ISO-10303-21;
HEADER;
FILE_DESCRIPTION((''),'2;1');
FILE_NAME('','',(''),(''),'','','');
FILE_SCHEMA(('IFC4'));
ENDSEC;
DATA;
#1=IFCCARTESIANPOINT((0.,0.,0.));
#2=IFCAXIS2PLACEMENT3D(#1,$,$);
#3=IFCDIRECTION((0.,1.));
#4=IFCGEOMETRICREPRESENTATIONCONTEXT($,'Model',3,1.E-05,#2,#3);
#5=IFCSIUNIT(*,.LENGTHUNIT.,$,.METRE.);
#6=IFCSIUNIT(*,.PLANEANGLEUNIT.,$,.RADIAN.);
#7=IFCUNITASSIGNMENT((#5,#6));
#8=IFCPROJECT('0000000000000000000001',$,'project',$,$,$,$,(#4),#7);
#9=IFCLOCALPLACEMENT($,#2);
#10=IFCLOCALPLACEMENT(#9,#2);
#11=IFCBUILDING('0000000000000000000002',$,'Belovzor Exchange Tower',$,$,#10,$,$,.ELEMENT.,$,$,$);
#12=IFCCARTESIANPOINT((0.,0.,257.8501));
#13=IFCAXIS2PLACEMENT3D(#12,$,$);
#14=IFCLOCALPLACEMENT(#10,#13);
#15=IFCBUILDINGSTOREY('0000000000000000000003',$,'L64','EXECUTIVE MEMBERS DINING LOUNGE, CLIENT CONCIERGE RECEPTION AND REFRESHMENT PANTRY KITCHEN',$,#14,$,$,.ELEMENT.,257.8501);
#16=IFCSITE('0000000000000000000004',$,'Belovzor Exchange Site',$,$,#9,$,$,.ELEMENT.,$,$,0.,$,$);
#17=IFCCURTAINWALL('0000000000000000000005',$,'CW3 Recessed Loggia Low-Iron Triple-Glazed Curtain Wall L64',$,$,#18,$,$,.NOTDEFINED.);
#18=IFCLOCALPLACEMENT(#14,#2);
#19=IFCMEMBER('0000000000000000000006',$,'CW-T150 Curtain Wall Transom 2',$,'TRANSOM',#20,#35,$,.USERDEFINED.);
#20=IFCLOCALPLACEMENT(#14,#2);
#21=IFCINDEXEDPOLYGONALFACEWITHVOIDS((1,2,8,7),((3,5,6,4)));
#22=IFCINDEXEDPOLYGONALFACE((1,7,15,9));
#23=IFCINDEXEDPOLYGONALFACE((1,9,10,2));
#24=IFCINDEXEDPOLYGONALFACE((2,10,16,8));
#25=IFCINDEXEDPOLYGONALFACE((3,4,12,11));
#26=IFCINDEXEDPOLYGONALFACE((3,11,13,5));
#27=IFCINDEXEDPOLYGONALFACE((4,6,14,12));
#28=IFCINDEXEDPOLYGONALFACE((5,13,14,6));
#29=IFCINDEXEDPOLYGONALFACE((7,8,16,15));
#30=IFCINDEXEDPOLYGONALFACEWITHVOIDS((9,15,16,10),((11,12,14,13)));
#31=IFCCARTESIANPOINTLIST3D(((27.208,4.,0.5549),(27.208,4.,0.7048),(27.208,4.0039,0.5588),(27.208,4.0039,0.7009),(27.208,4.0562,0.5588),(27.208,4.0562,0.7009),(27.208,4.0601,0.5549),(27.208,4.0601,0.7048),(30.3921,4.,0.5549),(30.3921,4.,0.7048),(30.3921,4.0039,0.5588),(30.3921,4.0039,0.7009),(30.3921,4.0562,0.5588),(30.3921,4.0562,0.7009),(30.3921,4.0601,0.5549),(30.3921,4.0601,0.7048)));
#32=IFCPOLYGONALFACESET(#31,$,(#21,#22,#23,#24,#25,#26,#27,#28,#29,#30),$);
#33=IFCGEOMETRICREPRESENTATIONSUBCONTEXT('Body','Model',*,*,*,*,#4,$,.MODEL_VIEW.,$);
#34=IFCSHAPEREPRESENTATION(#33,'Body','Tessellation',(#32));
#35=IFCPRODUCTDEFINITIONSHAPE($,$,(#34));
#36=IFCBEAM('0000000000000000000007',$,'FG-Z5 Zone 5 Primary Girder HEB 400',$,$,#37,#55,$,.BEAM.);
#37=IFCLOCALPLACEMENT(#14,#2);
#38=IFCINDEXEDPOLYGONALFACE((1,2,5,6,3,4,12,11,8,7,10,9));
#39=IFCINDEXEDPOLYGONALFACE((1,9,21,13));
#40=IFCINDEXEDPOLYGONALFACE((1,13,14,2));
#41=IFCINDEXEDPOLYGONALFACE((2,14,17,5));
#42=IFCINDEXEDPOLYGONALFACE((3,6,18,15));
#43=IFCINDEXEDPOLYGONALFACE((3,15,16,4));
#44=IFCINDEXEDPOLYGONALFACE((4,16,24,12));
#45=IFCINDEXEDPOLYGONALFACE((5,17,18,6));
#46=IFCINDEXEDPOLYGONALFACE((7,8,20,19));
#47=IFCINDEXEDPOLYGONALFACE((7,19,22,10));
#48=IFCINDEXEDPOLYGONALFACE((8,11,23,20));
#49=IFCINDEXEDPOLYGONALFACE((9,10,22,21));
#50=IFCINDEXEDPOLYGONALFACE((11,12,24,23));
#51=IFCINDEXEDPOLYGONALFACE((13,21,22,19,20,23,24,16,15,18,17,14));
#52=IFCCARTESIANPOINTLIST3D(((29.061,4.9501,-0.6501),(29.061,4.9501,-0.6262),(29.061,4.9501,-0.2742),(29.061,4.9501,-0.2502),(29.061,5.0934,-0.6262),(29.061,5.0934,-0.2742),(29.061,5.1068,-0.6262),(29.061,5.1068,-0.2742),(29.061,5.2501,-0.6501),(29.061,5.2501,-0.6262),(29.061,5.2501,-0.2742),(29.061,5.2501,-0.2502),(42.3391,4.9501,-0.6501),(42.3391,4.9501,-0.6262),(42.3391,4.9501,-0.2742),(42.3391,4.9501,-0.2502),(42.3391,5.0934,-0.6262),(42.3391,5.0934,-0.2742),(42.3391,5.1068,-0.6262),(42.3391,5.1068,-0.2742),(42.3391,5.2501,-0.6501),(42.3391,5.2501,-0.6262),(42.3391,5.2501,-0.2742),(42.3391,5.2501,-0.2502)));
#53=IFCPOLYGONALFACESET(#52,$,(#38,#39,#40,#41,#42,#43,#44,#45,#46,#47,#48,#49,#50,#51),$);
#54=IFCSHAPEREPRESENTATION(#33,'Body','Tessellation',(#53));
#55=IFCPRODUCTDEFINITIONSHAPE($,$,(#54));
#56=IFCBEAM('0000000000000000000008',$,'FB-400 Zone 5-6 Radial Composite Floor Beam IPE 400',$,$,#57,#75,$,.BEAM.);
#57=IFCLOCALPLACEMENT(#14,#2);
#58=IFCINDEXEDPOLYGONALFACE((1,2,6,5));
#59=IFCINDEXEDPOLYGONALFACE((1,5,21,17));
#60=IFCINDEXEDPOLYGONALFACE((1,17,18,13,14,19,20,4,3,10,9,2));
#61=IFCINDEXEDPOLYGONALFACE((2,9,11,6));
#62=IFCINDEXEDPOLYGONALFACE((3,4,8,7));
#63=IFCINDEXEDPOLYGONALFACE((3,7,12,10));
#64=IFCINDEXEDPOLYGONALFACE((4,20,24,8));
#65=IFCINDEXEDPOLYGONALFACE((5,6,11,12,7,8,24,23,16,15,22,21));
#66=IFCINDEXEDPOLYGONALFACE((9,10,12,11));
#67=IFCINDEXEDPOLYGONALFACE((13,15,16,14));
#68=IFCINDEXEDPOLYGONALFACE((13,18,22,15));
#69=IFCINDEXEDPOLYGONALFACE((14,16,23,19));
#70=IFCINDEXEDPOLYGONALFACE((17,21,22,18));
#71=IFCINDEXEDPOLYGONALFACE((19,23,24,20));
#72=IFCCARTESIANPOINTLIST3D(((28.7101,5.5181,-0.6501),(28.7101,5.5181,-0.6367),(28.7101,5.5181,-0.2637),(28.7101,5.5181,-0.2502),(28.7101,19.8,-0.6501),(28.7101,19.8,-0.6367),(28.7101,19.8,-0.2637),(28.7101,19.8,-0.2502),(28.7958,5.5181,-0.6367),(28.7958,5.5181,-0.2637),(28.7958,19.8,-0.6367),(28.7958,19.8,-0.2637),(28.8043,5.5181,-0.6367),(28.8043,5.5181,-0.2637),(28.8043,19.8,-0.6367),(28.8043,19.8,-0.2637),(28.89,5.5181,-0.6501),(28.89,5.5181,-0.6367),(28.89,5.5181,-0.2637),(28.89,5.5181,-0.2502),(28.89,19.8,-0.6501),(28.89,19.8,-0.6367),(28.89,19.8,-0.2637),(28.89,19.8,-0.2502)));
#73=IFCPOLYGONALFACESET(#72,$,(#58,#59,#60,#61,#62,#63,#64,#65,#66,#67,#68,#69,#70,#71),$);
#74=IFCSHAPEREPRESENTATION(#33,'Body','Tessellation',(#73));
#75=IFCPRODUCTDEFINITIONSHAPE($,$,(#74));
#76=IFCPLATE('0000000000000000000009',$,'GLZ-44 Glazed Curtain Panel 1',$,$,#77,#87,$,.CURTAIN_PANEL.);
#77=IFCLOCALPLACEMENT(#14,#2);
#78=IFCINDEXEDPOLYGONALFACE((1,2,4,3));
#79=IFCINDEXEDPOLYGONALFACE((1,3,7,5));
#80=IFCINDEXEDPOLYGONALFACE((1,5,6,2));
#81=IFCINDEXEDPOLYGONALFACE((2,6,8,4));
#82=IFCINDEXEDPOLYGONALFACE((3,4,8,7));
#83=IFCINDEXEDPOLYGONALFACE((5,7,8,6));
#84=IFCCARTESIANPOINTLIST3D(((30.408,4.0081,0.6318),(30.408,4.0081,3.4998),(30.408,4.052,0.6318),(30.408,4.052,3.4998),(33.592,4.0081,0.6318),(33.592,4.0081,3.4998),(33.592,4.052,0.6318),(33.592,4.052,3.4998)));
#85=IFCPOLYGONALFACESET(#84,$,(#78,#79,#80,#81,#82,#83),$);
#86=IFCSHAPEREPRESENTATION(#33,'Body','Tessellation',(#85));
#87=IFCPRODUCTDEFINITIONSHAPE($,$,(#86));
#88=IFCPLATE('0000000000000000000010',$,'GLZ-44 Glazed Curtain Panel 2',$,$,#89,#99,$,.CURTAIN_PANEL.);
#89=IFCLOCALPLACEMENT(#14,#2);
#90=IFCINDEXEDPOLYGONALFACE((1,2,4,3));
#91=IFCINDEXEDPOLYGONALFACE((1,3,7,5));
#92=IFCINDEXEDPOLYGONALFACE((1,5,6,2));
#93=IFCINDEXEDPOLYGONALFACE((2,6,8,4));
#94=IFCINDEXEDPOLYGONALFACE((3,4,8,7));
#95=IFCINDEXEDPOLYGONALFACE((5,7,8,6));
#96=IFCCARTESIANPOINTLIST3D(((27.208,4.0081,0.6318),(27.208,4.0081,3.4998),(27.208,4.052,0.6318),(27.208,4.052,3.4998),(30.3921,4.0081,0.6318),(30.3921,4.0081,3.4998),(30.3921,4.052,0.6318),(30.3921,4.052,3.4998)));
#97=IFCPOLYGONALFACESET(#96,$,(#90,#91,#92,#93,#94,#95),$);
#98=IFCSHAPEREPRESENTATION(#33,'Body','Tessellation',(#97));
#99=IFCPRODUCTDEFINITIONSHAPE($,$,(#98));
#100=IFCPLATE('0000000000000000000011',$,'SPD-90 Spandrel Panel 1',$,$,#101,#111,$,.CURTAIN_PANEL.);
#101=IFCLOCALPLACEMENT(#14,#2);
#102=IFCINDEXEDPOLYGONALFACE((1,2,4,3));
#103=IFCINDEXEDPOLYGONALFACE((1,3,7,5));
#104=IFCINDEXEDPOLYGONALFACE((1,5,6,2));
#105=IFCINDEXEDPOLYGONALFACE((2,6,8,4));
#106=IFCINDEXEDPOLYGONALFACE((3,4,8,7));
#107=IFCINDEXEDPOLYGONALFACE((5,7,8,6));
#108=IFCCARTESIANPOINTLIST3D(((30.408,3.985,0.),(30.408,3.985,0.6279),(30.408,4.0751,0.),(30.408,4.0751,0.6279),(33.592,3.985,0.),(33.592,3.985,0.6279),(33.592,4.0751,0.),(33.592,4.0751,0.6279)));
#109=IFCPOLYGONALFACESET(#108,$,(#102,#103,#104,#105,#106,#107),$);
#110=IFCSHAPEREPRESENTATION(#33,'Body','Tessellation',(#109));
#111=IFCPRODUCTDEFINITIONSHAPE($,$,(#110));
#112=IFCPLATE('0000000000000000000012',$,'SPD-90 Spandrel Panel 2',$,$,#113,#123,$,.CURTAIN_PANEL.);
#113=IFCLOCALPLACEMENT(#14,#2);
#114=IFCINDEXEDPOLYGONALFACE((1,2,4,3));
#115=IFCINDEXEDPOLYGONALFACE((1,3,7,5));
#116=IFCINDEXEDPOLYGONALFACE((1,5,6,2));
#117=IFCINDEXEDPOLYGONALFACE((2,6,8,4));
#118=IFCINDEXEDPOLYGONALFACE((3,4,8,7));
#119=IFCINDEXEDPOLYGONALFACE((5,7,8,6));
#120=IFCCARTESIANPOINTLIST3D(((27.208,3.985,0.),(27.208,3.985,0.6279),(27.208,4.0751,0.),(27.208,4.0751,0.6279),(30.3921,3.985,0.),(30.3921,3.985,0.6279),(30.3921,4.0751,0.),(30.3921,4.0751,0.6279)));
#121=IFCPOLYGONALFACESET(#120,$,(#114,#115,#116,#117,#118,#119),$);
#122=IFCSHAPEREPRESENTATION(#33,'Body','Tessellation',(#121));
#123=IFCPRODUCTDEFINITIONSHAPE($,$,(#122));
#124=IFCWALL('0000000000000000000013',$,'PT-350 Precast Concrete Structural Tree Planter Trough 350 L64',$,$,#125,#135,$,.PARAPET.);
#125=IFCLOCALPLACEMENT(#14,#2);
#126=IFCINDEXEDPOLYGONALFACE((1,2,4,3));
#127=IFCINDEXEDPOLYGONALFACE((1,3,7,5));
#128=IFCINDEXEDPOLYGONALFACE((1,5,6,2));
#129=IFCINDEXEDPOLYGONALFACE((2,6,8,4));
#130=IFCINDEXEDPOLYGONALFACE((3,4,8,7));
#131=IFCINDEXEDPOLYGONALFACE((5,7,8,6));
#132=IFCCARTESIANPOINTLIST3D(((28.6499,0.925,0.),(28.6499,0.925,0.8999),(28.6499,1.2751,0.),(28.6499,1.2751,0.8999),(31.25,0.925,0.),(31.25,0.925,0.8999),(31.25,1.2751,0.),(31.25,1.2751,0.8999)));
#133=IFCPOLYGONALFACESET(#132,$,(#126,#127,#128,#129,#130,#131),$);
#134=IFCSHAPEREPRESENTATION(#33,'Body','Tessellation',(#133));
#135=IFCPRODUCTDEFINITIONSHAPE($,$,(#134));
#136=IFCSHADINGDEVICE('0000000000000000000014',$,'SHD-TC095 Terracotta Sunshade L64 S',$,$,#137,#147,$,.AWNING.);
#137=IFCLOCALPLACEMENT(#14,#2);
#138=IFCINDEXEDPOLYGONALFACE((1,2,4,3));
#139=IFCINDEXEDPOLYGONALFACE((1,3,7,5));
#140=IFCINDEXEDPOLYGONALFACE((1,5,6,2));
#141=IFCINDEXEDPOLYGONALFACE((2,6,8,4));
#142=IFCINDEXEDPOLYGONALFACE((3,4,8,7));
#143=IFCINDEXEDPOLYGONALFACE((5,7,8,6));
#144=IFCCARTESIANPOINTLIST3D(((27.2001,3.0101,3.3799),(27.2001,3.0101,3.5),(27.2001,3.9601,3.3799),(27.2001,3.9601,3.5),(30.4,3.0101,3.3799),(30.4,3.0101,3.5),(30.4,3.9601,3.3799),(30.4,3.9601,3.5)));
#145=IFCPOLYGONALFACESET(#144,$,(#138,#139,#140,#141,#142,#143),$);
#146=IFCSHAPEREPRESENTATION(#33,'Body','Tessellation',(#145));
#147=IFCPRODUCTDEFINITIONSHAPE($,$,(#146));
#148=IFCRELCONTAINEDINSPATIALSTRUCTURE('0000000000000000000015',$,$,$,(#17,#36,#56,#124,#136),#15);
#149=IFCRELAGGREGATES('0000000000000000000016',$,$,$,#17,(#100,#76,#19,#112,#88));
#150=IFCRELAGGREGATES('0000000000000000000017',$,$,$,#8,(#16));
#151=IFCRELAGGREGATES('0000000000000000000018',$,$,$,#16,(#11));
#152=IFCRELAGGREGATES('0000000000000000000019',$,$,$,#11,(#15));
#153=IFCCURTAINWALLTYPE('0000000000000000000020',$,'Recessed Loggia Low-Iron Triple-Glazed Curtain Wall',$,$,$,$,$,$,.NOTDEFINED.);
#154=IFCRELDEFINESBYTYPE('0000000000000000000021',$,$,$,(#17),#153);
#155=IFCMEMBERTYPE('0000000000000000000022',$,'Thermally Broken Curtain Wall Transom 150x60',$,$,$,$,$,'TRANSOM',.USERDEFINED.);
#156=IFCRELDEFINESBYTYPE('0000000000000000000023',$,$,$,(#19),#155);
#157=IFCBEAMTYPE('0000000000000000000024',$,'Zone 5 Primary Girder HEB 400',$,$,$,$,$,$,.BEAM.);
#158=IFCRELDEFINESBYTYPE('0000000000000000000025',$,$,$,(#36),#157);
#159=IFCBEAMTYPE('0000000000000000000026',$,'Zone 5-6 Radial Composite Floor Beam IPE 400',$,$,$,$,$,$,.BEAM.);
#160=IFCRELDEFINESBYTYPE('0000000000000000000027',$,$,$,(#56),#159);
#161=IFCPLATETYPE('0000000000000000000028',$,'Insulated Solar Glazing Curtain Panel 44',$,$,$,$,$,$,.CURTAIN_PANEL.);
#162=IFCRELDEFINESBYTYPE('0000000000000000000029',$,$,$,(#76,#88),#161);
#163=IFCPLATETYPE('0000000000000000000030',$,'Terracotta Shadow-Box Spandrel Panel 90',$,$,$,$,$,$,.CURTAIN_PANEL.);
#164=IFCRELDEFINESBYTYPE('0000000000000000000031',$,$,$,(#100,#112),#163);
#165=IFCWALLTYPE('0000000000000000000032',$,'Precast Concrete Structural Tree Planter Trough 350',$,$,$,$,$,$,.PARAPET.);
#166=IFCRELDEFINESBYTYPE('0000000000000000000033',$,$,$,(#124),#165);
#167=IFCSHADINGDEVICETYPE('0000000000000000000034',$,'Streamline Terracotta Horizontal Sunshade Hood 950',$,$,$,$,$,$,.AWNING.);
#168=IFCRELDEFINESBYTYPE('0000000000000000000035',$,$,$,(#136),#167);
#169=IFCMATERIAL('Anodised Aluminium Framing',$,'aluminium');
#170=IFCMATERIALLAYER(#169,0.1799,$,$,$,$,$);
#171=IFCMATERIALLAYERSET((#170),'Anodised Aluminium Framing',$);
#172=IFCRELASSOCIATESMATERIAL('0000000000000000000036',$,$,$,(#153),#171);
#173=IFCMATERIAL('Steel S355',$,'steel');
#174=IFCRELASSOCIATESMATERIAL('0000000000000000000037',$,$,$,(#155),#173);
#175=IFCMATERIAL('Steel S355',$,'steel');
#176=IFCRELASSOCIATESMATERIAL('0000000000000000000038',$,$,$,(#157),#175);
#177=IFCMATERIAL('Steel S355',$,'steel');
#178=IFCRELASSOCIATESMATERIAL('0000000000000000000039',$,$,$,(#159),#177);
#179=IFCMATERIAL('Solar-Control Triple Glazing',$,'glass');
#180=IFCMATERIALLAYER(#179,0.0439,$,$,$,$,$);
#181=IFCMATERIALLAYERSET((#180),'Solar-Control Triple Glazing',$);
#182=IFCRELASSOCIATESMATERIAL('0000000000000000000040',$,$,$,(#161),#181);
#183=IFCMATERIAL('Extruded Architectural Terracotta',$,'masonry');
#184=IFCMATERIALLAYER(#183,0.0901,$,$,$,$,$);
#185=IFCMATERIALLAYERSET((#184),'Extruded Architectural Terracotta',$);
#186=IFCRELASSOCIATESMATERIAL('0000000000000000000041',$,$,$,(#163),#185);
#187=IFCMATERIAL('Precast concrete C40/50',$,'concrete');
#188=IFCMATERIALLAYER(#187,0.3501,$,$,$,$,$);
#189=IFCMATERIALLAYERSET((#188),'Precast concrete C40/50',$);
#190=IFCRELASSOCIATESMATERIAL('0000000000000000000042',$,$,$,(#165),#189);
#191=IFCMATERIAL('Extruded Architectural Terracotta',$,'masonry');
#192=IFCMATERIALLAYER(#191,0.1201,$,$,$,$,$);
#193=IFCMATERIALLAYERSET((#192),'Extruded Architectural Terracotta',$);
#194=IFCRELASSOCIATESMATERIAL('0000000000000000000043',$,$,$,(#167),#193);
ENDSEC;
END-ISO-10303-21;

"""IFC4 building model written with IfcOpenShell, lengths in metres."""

from ifc_helpers import new_model, si_unit, direction, frame, frame_2d, origin, origin_2d, place, context, subcontext, project, spatial, rectangle, hollow_rectangle, i_section, extrude, material, layer, layer_set, material_profile, profile_set, type_object, element, aggregate, save


model = new_model("IFC4")

# Units and contexts
model_context = context("Model", 3, precision=1e-05, world=origin(), true_north=direction((0.0, 1.0)))
body_context = subcontext(model_context, "Body", "Model", "MODEL_VIEW")
ifc_project = project(units=[si_unit("LENGTHUNIT", "METRE"), si_unit("PLANEANGLEUNIT", "RADIAN")], contexts=[model_context])

# Site, building, storey
site_placement = place(None, origin())
site = spatial("IfcSite", under=ifc_project, at=site_placement, Name="Belovzor Exchange Site", CompositionType="ELEMENT", RefElevation=0.0)
building_placement = place(site_placement, origin())
building = spatial("IfcBuilding", under=site, at=building_placement, Name="Belovzor Exchange Tower", CompositionType="ELEMENT")
storey_placement = place(building_placement, frame((0.0, 0.0, 257.8501)))
storey = spatial("IfcBuildingStorey", under=building, at=storey_placement, Name="L64", Description="EXECUTIVE MEMBERS DINING LOUNGE, CLIENT CONCIERGE RECEPTION AND REFRESHMENT PANTRY KITCHEN", CompositionType="ELEMENT", Elevation=257.8501)

# Curtain wall, member
ifc_material_1 = material(Name="Anodised Aluminium Framing", Category="aluminium")
ifc_layer_1 = layer(ifc_material_1, 0.1799)
ifc_layer_set_1 = layer_set([ifc_layer_1], Name="Anodised Aluminium Framing")
curtain_wall_type = type_object("IfcCurtainWallType", Name="Recessed Loggia Low-Iron Triple-Glazed Curtain Wall", PredefinedType="NOTDEFINED", material=ifc_layer_set_1)
curtain_wall_placement = place(storey_placement, origin())
curtain_wall = element("IfcCurtainWall", 1, at=curtain_wall_placement, inside=storey, type_object=curtain_wall_type, Name="CW3 Recessed Loggia Low-Iron Triple-Glazed Curtain Wall L64", PredefinedType="NOTDEFINED")
ifc_material_2 = material(Name="Steel S355", Category="steel")
ifc_material_profile_1 = material_profile(ifc_material_2, hollow_rectangle(XDim=0.0601, YDim=0.1499, WallThickness=0.0039, at=origin_2d()))
ifc_profile_set_1 = profile_set([ifc_material_profile_1], Name="Steel S355")
member_type_1 = type_object("IfcMemberType", Name="Thermally Broken Curtain Wall Transom 150x60", ElementType="TRANSOM", PredefinedType="USERDEFINED", material=ifc_profile_set_1)
member_1_placement = place(storey_placement, frame((30.3921, 4.03, 0.6299), z_axis=(-1.0, 0.0, 0.0), x_axis=(0.0, -1.0, 0.0)))
member_1 = element("IfcMember", 2, at=member_1_placement, type_object=member_type_1, Name="CW-T150 Curtain Wall Transom 2", ObjectType="TRANSOM", PredefinedType="USERDEFINED", context=body_context, shape_type="SweptSolid", body=[
    extrude(hollow_rectangle(XDim=0.0601, YDim=0.1499, WallThickness=0.0039, at=origin_2d()), origin(), (0.0, 0.0, 1.0), 3.1841),
])

# Beams
ifc_material_3 = material(Name="Steel S355", Category="steel")
ifc_material_profile_2 = material_profile(ifc_material_3, i_section(OverallWidth=0.3, OverallDepth=0.3999, WebThickness=0.0134, FlangeThickness=0.0239, at=origin_2d()))
ifc_profile_set_2 = profile_set([ifc_material_profile_2], Name="Steel S355")
beam_type_1 = type_object("IfcBeamType", Name="Zone 5 Primary Girder HEB 400", PredefinedType="BEAM", material=ifc_profile_set_2)
beam_1_placement = place(storey_placement, frame((29.061, 5.1001, -0.4502), z_axis=(1.0, 0.0, 0.0), x_axis=(0.0, 1.0, 0.0)))
element("IfcBeam", 3, at=beam_1_placement, inside=storey, type_object=beam_type_1, Name="FG-Z5 Zone 5 Primary Girder HEB 400", PredefinedType="BEAM", context=body_context, shape_type="SweptSolid", body=[
    extrude(i_section(OverallWidth=0.3, OverallDepth=0.3999, WebThickness=0.0134, FlangeThickness=0.0239, at=origin_2d()), origin(), (0.0, 0.0, 1.0), 13.2781),
])
ifc_material_4 = material(Name="Steel S355", Category="steel")
ifc_material_profile_3 = material_profile(ifc_material_4, i_section(OverallWidth=0.1799, OverallDepth=0.3999, WebThickness=0.0085, FlangeThickness=0.0134, at=origin_2d()))
ifc_profile_set_3 = profile_set([ifc_material_profile_3], Name="Steel S355")
beam_type_2 = type_object("IfcBeamType", Name="Zone 5-6 Radial Composite Floor Beam IPE 400", PredefinedType="BEAM", material=ifc_profile_set_3)
beam_2_placement = place(storey_placement, frame((28.8, 19.8, -0.4502), z_axis=(0.0, -1.0, 0.0), x_axis=(1.0, 0.0, 0.0)))
element("IfcBeam", 4, at=beam_2_placement, inside=storey, type_object=beam_type_2, Name="FB-400 Zone 5-6 Radial Composite Floor Beam IPE 400", PredefinedType="BEAM", context=body_context, shape_type="SweptSolid", body=[
    extrude(i_section(OverallWidth=0.1799, OverallDepth=0.3999, WebThickness=0.0085, FlangeThickness=0.0134, at=origin_2d()), origin(), (0.0, 0.0, 1.0), 14.282),
])

# Plates
ifc_material_5 = material(Name="Solar-Control Triple Glazing", Category="glass")
ifc_layer_2 = layer(ifc_material_5, 0.0439)
ifc_layer_set_2 = layer_set([ifc_layer_2], Name="Solar-Control Triple Glazing")
plate_type_1 = type_object("IfcPlateType", Name="Insulated Solar Glazing Curtain Panel 44", PredefinedType="CURTAIN_PANEL", material=ifc_layer_set_2)
plate_1_placement = place(storey_placement, frame((32.0, 4.03, 0.6318), z_axis=(0.0, 0.0, 1.0), x_axis=(-1.0, 0.0, 0.0)))
plate_1 = element("IfcPlate", 5, at=plate_1_placement, type_object=plate_type_1, Name="GLZ-44 Glazed Curtain Panel 1", PredefinedType="CURTAIN_PANEL", context=body_context, shape_type="SweptSolid", body=[
    extrude(rectangle(XDim=3.1841, YDim=0.0439, at=origin_2d()), origin(), (0.0, 0.0, 1.0), 2.8679),
])
plate_2_placement = place(storey_placement, frame((28.8, 4.03, 0.6318), z_axis=(0.0, 0.0, 1.0), x_axis=(-1.0, 0.0, 0.0)))
plate_2 = element("IfcPlate", 6, at=plate_2_placement, type_object=plate_type_1, Name="GLZ-44 Glazed Curtain Panel 2", PredefinedType="CURTAIN_PANEL", context=body_context, shape_type="SweptSolid", body=[
    extrude(rectangle(XDim=3.1841, YDim=0.0439, at=origin_2d()), origin(), (0.0, 0.0, 1.0), 2.8679),
])
ifc_material_6 = material(Name="Extruded Architectural Terracotta", Category="masonry")
ifc_layer_3 = layer(ifc_material_6, 0.0901)
ifc_layer_set_3 = layer_set([ifc_layer_3], Name="Extruded Architectural Terracotta")
plate_type_2 = type_object("IfcPlateType", Name="Terracotta Shadow-Box Spandrel Panel 90", PredefinedType="CURTAIN_PANEL", material=ifc_layer_set_3)
plate_3_placement = place(storey_placement, frame((32.0, 4.03, 0.0), z_axis=(0.0, 0.0, 1.0), x_axis=(-1.0, 0.0, 0.0)))
plate_3 = element("IfcPlate", 7, at=plate_3_placement, type_object=plate_type_2, Name="SPD-90 Spandrel Panel 1", PredefinedType="CURTAIN_PANEL", context=body_context, shape_type="SweptSolid", body=[
    extrude(rectangle(XDim=3.1841, YDim=0.0901, at=origin_2d()), origin(), (0.0, 0.0, 1.0), 0.6279),
])
plate_4_placement = place(storey_placement, frame((28.8, 4.03, 0.0), z_axis=(0.0, 0.0, 1.0), x_axis=(-1.0, 0.0, 0.0)))
plate_4 = element("IfcPlate", 8, at=plate_4_placement, type_object=plate_type_2, Name="SPD-90 Spandrel Panel 2", PredefinedType="CURTAIN_PANEL", context=body_context, shape_type="SweptSolid", body=[
    extrude(rectangle(XDim=3.1841, YDim=0.0901, at=origin_2d()), origin(), (0.0, 0.0, 1.0), 0.6279),
])
aggregate(curtain_wall, [plate_3, plate_1, member_1, plate_4, plate_2])

# Wall
ifc_material_7 = material(Name="Precast concrete C40/50", Category="concrete")
ifc_layer_4 = layer(ifc_material_7, 0.3501)
ifc_layer_set_4 = layer_set([ifc_layer_4], Name="Precast concrete C40/50")
wall_type = type_object("IfcWallType", Name="Precast Concrete Structural Tree Planter Trough 350", PredefinedType="PARAPET", material=ifc_layer_set_4)
wall_placement = place(storey_placement, frame((28.6499, 1.1001, 0.0), z_axis=(0.0, 0.0, 1.0), x_axis=(1.0, 0.0, 0.0)))
element("IfcWall", 9, at=wall_placement, inside=storey, type_object=wall_type, Name="PT-350 Precast Concrete Structural Tree Planter Trough 350 L64", PredefinedType="PARAPET", context=body_context, shape_type="SweptSolid", body=[
    extrude(rectangle(XDim=2.6001, YDim=0.3501, at=frame_2d((1.3, 0.0))), origin(), (0.0, 0.0, 1.0), 0.8999),
])

# Shading device
ifc_material_8 = material(Name="Extruded Architectural Terracotta", Category="masonry")
ifc_layer_5 = layer(ifc_material_8, 0.1201)
ifc_layer_set_5 = layer_set([ifc_layer_5], Name="Extruded Architectural Terracotta")
shading_device_type = type_object("IfcShadingDeviceType", Name="Streamline Terracotta Horizontal Sunshade Hood 950", PredefinedType="AWNING", material=ifc_layer_set_5)
shading_device_placement = place(storey_placement, frame((28.8, 3.4851, 3.3799), z_axis=(0.0, 0.0, 1.0), x_axis=(1.0, 0.0, 0.0)))
element("IfcShadingDevice", 10, at=shading_device_placement, inside=storey, type_object=shading_device_type, Name="SHD-TC095 Terracotta Sunshade L64 S", PredefinedType="AWNING", context=body_context, shape_type="SweptSolid", body=[
    extrude(rectangle(XDim=3.2, YDim=0.95, at=origin_2d()), origin(), (0.0, 0.0, 1.0), 0.1201),
])

save(model, "model.ifc")
